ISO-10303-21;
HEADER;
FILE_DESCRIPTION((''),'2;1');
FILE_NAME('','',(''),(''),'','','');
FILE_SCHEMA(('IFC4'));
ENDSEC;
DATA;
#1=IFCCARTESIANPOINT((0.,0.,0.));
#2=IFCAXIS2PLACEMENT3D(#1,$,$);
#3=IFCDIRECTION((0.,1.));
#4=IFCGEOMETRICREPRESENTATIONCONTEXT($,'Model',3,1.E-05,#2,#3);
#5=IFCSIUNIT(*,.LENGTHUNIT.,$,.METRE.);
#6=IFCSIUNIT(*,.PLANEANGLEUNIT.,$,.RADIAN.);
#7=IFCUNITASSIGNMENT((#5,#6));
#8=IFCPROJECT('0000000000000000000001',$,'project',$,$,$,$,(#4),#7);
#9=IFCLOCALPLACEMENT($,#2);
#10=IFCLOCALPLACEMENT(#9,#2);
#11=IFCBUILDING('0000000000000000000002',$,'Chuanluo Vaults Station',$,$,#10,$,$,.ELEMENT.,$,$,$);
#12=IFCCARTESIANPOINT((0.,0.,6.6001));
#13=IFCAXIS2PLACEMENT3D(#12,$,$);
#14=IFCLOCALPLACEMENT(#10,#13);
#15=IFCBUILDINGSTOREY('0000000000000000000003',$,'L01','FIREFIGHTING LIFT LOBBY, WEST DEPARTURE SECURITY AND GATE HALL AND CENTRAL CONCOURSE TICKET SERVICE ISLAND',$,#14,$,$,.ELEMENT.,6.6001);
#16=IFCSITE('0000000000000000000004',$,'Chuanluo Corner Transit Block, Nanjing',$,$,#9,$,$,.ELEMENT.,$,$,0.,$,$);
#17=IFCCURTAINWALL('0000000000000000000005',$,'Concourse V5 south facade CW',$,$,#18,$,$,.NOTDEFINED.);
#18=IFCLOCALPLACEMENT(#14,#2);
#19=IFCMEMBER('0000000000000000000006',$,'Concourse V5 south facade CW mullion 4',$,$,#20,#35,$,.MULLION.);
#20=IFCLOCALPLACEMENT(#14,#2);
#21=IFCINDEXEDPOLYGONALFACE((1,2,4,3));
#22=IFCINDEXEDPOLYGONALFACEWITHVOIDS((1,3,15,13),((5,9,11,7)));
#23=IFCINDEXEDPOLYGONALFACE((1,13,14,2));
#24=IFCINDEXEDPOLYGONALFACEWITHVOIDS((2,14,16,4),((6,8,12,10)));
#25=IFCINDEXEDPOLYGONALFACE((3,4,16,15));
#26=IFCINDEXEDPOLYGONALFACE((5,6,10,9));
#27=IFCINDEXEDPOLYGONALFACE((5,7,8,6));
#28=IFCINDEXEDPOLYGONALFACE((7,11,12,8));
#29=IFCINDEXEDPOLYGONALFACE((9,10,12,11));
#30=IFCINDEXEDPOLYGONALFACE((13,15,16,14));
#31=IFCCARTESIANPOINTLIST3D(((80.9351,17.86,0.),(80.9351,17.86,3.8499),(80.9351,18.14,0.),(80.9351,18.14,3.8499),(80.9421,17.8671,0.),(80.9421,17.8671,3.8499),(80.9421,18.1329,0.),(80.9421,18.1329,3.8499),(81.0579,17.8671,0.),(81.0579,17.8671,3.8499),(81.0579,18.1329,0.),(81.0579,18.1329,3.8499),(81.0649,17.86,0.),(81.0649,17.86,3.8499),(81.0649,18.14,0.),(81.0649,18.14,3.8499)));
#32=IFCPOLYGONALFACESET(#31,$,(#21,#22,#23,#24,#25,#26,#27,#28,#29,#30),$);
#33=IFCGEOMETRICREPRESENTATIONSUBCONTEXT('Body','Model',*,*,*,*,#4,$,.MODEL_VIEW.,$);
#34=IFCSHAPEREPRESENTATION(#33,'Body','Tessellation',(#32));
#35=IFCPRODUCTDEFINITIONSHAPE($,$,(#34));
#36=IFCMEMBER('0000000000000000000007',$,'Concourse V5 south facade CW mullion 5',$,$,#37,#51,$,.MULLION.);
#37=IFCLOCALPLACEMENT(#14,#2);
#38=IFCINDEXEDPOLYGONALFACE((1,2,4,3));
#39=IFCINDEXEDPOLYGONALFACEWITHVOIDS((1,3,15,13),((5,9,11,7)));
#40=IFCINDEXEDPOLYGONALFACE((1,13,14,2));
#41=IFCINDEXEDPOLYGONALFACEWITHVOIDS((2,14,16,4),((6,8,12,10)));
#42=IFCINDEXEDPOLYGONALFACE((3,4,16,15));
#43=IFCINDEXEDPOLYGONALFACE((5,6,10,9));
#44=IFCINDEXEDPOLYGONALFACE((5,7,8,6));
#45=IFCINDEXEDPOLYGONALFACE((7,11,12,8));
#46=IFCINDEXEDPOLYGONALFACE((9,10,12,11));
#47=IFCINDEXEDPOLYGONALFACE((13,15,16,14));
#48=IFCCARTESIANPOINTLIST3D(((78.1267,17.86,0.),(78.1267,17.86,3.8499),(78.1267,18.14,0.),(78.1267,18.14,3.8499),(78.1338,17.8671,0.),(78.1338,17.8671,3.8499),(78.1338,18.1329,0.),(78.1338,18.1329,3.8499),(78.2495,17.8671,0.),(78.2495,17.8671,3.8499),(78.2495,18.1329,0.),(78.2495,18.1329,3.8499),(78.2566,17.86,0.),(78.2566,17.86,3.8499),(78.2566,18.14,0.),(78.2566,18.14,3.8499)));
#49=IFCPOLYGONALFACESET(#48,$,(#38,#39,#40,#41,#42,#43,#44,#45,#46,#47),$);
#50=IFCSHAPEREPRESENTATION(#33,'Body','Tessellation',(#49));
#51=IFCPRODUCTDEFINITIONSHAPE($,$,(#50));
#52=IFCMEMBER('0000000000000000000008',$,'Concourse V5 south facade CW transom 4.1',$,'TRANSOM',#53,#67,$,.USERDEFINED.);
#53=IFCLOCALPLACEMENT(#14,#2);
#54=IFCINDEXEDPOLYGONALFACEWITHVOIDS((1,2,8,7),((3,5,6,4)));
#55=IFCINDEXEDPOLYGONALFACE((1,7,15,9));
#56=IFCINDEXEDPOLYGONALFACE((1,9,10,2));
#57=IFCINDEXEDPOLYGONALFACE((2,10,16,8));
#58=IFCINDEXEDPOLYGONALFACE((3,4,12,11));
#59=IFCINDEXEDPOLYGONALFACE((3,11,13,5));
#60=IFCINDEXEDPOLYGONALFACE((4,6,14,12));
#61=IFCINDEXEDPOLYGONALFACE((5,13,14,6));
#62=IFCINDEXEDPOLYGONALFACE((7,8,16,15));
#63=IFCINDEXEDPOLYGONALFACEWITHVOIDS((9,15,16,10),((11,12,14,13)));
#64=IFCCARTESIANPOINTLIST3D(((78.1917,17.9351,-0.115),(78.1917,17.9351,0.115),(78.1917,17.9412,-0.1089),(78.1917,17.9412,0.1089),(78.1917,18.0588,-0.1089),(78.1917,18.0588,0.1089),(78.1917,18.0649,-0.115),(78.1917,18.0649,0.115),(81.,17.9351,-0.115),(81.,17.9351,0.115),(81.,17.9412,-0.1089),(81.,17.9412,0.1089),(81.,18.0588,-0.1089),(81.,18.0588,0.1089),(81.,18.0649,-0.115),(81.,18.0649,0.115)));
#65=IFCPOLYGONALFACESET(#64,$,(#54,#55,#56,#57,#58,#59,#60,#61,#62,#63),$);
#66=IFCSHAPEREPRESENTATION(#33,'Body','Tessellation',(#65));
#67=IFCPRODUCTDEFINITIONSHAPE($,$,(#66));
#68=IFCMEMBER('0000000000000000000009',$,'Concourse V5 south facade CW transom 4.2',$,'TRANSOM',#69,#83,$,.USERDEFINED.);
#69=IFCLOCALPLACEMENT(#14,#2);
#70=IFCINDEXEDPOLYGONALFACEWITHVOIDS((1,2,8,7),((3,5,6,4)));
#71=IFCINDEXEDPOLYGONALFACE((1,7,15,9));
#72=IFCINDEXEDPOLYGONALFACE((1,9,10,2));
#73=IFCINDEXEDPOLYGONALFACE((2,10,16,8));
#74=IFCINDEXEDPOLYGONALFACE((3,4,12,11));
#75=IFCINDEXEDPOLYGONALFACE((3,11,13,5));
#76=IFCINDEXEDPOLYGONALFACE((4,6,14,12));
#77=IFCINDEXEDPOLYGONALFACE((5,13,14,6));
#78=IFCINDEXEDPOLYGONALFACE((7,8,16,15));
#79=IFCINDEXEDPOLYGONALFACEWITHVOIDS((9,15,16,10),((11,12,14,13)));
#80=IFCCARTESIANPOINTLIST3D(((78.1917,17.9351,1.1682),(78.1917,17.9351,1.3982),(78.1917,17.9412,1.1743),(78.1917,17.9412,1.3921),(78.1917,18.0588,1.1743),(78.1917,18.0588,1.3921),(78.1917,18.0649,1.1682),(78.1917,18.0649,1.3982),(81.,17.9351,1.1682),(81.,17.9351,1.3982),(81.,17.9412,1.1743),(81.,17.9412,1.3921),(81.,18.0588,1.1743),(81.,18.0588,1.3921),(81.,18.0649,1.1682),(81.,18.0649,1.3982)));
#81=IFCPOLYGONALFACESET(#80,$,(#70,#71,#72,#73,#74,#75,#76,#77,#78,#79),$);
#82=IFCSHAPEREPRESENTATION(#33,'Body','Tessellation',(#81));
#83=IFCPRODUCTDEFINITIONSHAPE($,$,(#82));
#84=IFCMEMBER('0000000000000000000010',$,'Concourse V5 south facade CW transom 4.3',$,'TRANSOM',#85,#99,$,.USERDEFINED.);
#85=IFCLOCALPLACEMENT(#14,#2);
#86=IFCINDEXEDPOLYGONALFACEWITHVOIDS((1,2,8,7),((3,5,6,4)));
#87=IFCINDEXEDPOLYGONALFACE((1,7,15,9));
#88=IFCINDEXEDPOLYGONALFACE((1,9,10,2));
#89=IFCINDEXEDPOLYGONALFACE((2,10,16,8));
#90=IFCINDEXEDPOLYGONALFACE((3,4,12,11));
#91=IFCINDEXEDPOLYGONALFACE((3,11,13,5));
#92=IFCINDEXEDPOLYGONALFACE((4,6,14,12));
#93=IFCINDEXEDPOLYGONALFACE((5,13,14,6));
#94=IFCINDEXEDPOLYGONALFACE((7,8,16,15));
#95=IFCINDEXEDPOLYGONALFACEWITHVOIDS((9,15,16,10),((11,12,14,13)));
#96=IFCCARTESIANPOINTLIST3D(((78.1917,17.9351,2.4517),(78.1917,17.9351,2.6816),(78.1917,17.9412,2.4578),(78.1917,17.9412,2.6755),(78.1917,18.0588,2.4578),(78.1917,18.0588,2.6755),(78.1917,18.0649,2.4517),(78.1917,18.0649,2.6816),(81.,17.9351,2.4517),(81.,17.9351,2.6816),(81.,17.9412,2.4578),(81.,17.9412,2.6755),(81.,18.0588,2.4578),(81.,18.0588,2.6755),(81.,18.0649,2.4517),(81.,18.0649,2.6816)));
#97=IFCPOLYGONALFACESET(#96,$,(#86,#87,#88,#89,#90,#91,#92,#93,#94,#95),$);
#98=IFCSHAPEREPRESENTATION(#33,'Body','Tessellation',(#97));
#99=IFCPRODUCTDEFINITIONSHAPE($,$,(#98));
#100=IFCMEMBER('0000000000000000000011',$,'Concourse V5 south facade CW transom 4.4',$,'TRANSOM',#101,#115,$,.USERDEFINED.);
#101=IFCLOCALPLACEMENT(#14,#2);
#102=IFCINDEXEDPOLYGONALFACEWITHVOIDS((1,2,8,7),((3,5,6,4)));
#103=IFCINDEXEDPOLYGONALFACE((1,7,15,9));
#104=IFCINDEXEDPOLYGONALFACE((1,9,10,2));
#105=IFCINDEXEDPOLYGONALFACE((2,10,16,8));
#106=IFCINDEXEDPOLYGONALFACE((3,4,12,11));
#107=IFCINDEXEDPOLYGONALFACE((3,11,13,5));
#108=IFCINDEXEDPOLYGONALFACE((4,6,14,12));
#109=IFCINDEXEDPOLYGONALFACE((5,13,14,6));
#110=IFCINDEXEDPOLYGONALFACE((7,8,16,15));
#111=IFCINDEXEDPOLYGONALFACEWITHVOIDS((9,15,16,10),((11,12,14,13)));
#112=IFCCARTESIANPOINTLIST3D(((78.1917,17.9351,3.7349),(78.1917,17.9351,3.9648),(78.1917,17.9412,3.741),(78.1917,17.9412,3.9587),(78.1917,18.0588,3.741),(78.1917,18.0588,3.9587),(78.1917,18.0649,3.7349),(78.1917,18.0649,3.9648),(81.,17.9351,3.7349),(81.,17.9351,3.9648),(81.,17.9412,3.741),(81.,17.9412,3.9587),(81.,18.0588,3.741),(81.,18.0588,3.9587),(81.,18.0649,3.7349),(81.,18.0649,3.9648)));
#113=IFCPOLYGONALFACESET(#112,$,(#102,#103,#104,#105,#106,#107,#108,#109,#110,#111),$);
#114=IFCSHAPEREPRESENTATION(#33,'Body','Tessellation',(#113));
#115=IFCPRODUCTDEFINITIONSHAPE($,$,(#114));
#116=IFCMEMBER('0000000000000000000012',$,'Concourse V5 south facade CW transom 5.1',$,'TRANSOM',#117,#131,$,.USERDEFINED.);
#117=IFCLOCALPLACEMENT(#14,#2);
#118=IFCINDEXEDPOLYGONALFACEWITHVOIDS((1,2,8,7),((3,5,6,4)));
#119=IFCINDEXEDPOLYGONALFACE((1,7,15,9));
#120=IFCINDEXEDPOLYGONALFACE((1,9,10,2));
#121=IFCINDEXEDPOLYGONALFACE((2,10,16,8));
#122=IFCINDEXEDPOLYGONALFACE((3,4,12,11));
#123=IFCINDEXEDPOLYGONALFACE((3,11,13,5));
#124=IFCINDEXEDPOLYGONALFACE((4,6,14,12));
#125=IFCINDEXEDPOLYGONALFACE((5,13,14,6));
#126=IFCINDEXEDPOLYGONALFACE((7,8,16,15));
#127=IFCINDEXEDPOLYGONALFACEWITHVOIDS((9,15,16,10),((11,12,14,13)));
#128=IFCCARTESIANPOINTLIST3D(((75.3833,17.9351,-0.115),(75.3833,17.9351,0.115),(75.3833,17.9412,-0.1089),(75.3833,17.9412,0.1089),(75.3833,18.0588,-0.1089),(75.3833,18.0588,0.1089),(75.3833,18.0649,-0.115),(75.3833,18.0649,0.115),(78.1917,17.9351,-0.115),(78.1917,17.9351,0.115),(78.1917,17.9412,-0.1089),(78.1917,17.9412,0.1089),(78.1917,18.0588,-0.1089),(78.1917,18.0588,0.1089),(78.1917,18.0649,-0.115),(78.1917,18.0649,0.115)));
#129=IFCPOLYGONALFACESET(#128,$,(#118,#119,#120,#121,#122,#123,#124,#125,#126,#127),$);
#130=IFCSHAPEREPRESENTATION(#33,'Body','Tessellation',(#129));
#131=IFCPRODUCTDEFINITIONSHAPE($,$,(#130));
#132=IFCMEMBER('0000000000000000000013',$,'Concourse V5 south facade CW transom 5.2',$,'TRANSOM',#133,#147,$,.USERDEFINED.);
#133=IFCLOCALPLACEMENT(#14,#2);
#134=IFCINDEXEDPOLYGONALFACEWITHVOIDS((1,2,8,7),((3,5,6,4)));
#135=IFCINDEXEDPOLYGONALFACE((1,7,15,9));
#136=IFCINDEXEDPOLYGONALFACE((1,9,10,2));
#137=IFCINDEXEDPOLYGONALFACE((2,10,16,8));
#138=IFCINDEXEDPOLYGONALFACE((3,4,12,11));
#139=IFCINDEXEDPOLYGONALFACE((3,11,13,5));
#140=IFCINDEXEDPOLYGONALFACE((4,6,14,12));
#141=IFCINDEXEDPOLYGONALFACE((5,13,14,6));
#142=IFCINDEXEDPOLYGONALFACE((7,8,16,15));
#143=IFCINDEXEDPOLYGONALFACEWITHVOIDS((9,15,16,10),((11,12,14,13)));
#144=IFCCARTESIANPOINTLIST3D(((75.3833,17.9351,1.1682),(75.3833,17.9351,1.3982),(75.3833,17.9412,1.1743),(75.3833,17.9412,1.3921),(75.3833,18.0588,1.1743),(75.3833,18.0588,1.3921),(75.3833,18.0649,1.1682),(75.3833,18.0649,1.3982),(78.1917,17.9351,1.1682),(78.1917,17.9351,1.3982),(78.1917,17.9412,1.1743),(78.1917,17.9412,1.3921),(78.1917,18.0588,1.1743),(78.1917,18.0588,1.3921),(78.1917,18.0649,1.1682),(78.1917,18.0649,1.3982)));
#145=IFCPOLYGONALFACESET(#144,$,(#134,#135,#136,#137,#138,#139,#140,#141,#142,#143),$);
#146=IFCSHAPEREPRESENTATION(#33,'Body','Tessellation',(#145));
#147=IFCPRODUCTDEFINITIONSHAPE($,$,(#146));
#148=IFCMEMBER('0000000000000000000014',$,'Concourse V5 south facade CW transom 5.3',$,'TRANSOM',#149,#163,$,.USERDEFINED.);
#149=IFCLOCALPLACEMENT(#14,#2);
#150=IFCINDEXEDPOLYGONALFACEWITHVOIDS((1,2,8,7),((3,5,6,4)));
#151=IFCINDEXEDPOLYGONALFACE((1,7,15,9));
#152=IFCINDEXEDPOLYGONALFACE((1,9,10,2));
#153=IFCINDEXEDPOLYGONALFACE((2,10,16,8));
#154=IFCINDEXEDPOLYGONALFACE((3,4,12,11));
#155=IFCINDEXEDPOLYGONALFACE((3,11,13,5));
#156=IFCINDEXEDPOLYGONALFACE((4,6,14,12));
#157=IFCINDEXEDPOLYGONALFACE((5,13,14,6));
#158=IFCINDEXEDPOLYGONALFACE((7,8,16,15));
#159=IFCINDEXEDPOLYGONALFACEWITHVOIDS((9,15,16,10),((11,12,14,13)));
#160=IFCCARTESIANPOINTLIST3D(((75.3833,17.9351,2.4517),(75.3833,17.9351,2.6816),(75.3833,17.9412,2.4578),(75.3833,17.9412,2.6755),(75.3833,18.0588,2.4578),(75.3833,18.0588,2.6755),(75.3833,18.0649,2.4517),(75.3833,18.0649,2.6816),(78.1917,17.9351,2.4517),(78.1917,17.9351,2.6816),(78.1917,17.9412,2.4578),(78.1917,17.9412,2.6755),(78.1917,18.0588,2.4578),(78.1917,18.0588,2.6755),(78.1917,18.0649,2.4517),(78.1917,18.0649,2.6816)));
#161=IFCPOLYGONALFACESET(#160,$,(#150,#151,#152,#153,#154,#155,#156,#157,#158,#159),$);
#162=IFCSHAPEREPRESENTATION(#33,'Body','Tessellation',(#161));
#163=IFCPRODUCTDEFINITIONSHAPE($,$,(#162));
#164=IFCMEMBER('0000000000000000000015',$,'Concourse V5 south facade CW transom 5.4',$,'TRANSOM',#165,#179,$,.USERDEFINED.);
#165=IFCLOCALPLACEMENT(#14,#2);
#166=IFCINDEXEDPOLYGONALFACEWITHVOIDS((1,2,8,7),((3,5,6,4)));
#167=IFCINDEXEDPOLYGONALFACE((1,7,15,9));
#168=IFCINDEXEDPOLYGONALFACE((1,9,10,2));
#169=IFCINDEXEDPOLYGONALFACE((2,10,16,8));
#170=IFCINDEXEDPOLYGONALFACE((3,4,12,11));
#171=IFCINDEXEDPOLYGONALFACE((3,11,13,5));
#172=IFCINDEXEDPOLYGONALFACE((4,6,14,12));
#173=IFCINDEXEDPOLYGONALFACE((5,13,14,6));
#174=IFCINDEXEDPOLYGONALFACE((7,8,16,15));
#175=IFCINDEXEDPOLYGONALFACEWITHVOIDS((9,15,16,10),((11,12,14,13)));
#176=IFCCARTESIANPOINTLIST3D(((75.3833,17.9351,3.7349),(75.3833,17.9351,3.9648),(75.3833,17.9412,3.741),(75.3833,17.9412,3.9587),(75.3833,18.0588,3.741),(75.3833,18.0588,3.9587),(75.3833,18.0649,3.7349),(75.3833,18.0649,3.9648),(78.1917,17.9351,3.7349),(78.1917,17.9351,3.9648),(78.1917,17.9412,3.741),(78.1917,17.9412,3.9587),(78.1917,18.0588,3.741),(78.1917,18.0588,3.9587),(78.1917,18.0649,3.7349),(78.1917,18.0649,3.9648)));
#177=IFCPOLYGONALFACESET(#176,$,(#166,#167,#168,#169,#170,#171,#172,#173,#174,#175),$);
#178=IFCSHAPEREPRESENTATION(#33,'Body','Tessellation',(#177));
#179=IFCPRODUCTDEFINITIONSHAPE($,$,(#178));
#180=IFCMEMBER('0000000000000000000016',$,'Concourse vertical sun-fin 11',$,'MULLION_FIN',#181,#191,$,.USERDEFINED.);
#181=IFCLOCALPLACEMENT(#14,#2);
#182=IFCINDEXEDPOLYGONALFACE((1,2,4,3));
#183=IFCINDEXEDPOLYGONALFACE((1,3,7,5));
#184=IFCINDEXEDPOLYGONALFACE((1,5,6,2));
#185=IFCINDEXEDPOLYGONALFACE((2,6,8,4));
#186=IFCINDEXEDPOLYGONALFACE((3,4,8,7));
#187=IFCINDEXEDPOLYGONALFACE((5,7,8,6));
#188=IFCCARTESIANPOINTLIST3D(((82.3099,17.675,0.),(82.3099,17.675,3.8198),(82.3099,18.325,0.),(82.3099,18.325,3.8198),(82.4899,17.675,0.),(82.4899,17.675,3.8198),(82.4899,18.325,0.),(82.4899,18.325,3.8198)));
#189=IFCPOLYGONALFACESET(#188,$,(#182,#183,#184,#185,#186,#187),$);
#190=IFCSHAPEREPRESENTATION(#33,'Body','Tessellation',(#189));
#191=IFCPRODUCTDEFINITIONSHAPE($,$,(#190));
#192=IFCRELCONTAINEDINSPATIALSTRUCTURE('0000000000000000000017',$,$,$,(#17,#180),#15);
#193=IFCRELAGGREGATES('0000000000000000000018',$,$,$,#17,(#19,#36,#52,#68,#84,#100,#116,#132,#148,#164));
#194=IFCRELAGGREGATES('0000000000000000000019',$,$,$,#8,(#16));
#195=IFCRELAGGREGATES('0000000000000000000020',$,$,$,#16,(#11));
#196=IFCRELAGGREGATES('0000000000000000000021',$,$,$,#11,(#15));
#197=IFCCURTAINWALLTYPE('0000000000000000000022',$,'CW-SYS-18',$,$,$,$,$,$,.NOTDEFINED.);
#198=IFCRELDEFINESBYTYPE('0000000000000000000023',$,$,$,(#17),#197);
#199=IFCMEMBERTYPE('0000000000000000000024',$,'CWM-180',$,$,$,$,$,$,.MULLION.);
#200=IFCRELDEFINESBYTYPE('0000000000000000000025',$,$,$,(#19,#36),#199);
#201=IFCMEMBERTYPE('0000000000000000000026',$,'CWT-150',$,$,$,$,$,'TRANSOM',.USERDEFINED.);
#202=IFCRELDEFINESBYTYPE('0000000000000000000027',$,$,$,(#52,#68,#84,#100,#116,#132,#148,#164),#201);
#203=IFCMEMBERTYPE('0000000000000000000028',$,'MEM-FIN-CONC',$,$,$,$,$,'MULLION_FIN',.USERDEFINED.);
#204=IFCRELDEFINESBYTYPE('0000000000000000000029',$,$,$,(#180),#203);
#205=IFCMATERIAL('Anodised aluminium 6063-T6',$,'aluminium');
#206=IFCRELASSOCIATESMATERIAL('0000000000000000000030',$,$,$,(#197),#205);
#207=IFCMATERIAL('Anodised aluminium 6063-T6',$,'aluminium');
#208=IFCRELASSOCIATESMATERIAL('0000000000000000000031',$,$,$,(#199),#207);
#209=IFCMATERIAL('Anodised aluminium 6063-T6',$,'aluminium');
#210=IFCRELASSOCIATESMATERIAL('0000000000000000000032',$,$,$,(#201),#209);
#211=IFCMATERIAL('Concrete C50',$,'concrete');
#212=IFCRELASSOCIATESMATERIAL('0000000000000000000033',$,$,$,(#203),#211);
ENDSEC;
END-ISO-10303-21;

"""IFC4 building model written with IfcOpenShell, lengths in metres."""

from ifc_helpers import new_model, si_unit, direction, frame, origin, origin_2d, place, context, subcontext, project, spatial, rectangle, hollow_rectangle, extrude, material, material_profile, profile_set, type_object, element, aggregate, save


model = new_model("IFC4")

# Units and contexts
model_context = context("Model", 3, precision=1e-05, world=origin(), true_north=direction((0.0, 1.0)))
body_context = subcontext(model_context, "Body", "Model", "MODEL_VIEW")
ifc_project = project(units=[si_unit("LENGTHUNIT", "METRE"), si_unit("PLANEANGLEUNIT", "RADIAN")], contexts=[model_context])

# Site, building, storey
site_placement = place(None, origin())
site = spatial("IfcSite", under=ifc_project, at=site_placement, Name="Chuanluo Corner Transit Block, Nanjing", CompositionType="ELEMENT", RefElevation=0.0)
building_placement = place(site_placement, origin())
building = spatial("IfcBuilding", under=site, at=building_placement, Name="Chuanluo Vaults Station", CompositionType="ELEMENT")
storey_placement = place(building_placement, frame((0.0, 0.0, 6.6001)))
storey = spatial("IfcBuildingStorey", under=building, at=storey_placement, Name="L01", Description="FIREFIGHTING LIFT LOBBY, WEST DEPARTURE SECURITY AND GATE HALL AND CENTRAL CONCOURSE TICKET SERVICE ISLAND", CompositionType="ELEMENT", Elevation=6.6001)

# Curtain wall, members
ifc_material_1 = material(Name="Anodised aluminium 6063-T6", Category="aluminium")
curtain_wall_type = type_object("IfcCurtainWallType", Name="CW-SYS-18", PredefinedType="NOTDEFINED", material=ifc_material_1)
curtain_wall_placement = place(storey_placement, origin())
curtain_wall = element("IfcCurtainWall", 1, at=curtain_wall_placement, inside=storey, type_object=curtain_wall_type, Name="Concourse V5 south facade CW", PredefinedType="NOTDEFINED")
ifc_material_2 = material(Name="Anodised aluminium 6063-T6", Category="aluminium")
ifc_material_profile_1 = material_profile(ifc_material_2, hollow_rectangle(XDim=0.1299, YDim=0.28, WallThickness=0.0071, at=origin_2d()))
ifc_profile_set_1 = profile_set([ifc_material_profile_1], Name="Anodised aluminium 6063-T6")
member_type_1 = type_object("IfcMemberType", Name="CWM-180", PredefinedType="MULLION", material=ifc_profile_set_1)
member_1_placement = place(storey_placement, frame((81.0, 18.0, 0.0), z_axis=(0.0, 0.0, 1.0), x_axis=(-1.0, 0.0, 0.0)))
member_1 = element("IfcMember", 2, at=member_1_placement, type_object=member_type_1, Name="Concourse V5 south facade CW mullion 4", PredefinedType="MULLION", context=body_context, shape_type="SweptSolid", body=[
    extrude(hollow_rectangle(XDim=0.1299, YDim=0.28, WallThickness=0.0071, at=origin_2d()), origin(), (0.0, 0.0, 1.0), 3.8499),
])
member_2_placement = place(storey_placement, frame((78.1917, 18.0, 0.0), z_axis=(0.0, 0.0, 1.0), x_axis=(-1.0, 0.0, 0.0)))
member_2 = element("IfcMember", 3, at=member_2_placement, type_object=member_type_1, Name="Concourse V5 south facade CW mullion 5", PredefinedType="MULLION", context=body_context, shape_type="SweptSolid", body=[
    extrude(hollow_rectangle(XDim=0.1299, YDim=0.28, WallThickness=0.0071, at=origin_2d()), origin(), (0.0, 0.0, 1.0), 3.8499),
])
ifc_material_3 = material(Name="Anodised aluminium 6063-T6", Category="aluminium")
ifc_material_profile_2 = material_profile(ifc_material_3, hollow_rectangle(XDim=0.1299, YDim=0.23, WallThickness=0.0061, at=origin_2d()))
ifc_profile_set_2 = profile_set([ifc_material_profile_2], Name="Anodised aluminium 6063-T6")
member_type_2 = type_object("IfcMemberType", Name="CWT-150", ElementType="TRANSOM", PredefinedType="USERDEFINED", material=ifc_profile_set_2)
member_3_placement = place(storey_placement, frame((81.0, 18.0, 0.0), z_axis=(-1.0, 0.0, 0.0), x_axis=(0.0, -1.0, 0.0)))
member_3 = element("IfcMember", 4, at=member_3_placement, type_object=member_type_2, Name="Concourse V5 south facade CW transom 4.1", ObjectType="TRANSOM", PredefinedType="USERDEFINED", context=body_context, shape_type="SweptSolid", body=[
    extrude(hollow_rectangle(XDim=0.1299, YDim=0.23, WallThickness=0.0061, at=origin_2d()), origin(), (0.0, 0.0, 1.0), 2.8083),
])
member_4_placement = place(storey_placement, frame((81.0, 18.0, 1.2832), z_axis=(-1.0, 0.0, 0.0), x_axis=(0.0, -1.0, 0.0)))
member_4 = element("IfcMember", 5, at=member_4_placement, type_object=member_type_2, Name="Concourse V5 south facade CW transom 4.2", ObjectType="TRANSOM", PredefinedType="USERDEFINED", context=body_context, shape_type="SweptSolid", body=[
    extrude(hollow_rectangle(XDim=0.1299, YDim=0.23, WallThickness=0.0061, at=origin_2d()), origin(), (0.0, 0.0, 1.0), 2.8083),
])
member_5_placement = place(storey_placement, frame((81.0, 18.0, 2.5667), z_axis=(-1.0, 0.0, 0.0), x_axis=(0.0, -1.0, 0.0)))
member_5 = element("IfcMember", 6, at=member_5_placement, type_object=member_type_2, Name="Concourse V5 south facade CW transom 4.3", ObjectType="TRANSOM", PredefinedType="USERDEFINED", context=body_context, shape_type="SweptSolid", body=[
    extrude(hollow_rectangle(XDim=0.1299, YDim=0.23, WallThickness=0.0061, at=origin_2d()), origin(), (0.0, 0.0, 1.0), 2.8083),
])
member_6_placement = place(storey_placement, frame((81.0, 18.0, 3.8499), z_axis=(-1.0, 0.0, 0.0), x_axis=(0.0, -1.0, 0.0)))
member_6 = element("IfcMember", 7, at=member_6_placement, type_object=member_type_2, Name="Concourse V5 south facade CW transom 4.4", ObjectType="TRANSOM", PredefinedType="USERDEFINED", context=body_context, shape_type="SweptSolid", body=[
    extrude(hollow_rectangle(XDim=0.1299, YDim=0.23, WallThickness=0.0061, at=origin_2d()), origin(), (0.0, 0.0, 1.0), 2.8083),
])
member_7_placement = place(storey_placement, frame((78.1917, 18.0, 0.0), z_axis=(-1.0, 0.0, 0.0), x_axis=(0.0, -1.0, 0.0)))
member_7 = element("IfcMember", 8, at=member_7_placement, type_object=member_type_2, Name="Concourse V5 south facade CW transom 5.1", ObjectType="TRANSOM", PredefinedType="USERDEFINED", context=body_context, shape_type="SweptSolid", body=[
    extrude(hollow_rectangle(XDim=0.1299, YDim=0.23, WallThickness=0.0061, at=origin_2d()), origin(), (0.0, 0.0, 1.0), 2.8083),
])
member_8_placement = place(storey_placement, frame((78.1917, 18.0, 1.2832), z_axis=(-1.0, 0.0, 0.0), x_axis=(0.0, -1.0, 0.0)))
member_8 = element("IfcMember", 9, at=member_8_placement, type_object=member_type_2, Name="Concourse V5 south facade CW transom 5.2", ObjectType="TRANSOM", PredefinedType="USERDEFINED", context=body_context, shape_type="SweptSolid", body=[
    extrude(hollow_rectangle(XDim=0.1299, YDim=0.23, WallThickness=0.0061, at=origin_2d()), origin(), (0.0, 0.0, 1.0), 2.8083),
])
member_9_placement = place(storey_placement, frame((78.1917, 18.0, 2.5667), z_axis=(-1.0, 0.0, 0.0), x_axis=(0.0, -1.0, 0.0)))
member_9 = element("IfcMember", 10, at=member_9_placement, type_object=member_type_2, Name="Concourse V5 south facade CW transom 5.3", ObjectType="TRANSOM", PredefinedType="USERDEFINED", context=body_context, shape_type="SweptSolid", body=[
    extrude(hollow_rectangle(XDim=0.1299, YDim=0.23, WallThickness=0.0061, at=origin_2d()), origin(), (0.0, 0.0, 1.0), 2.8083),
])
member_10_placement = place(storey_placement, frame((78.1917, 18.0, 3.8499), z_axis=(-1.0, 0.0, 0.0), x_axis=(0.0, -1.0, 0.0)))
member_10 = element("IfcMember", 11, at=member_10_placement, type_object=member_type_2, Name="Concourse V5 south facade CW transom 5.4", ObjectType="TRANSOM", PredefinedType="USERDEFINED", context=body_context, shape_type="SweptSolid", body=[
    extrude(hollow_rectangle(XDim=0.1299, YDim=0.23, WallThickness=0.0061, at=origin_2d()), origin(), (0.0, 0.0, 1.0), 2.8083),
])

# Member
ifc_material_4 = material(Name="Concrete C50", Category="concrete")
ifc_material_profile_3 = material_profile(ifc_material_4, rectangle(XDim=0.1799, YDim=0.6499, at=origin_2d()))
ifc_profile_set_3 = profile_set([ifc_material_profile_3], Name="Concrete C50")
member_type_3 = type_object("IfcMemberType", Name="MEM-FIN-CONC", ElementType="MULLION_FIN", PredefinedType="USERDEFINED", material=ifc_profile_set_3)
member_11_placement = place(storey_placement, frame((82.3999, 18.0, 0.0), z_axis=(0.0, 0.0, 1.0), x_axis=(1.0, 0.0, 0.0)))
element("IfcMember", 12, at=member_11_placement, inside=storey, type_object=member_type_3, Name="Concourse vertical sun-fin 11", ObjectType="MULLION_FIN", PredefinedType="USERDEFINED", context=body_context, shape_type="SweptSolid", body=[
    extrude(rectangle(XDim=0.1799, YDim=0.6499, at=origin_2d()), origin(), (0.0, 0.0, 1.0), 3.8198),
])

aggregate(curtain_wall, [member_1, member_2, member_3, member_4, member_5, member_6, member_7, member_8, member_9, member_10])

save(model, "model.ifc")
